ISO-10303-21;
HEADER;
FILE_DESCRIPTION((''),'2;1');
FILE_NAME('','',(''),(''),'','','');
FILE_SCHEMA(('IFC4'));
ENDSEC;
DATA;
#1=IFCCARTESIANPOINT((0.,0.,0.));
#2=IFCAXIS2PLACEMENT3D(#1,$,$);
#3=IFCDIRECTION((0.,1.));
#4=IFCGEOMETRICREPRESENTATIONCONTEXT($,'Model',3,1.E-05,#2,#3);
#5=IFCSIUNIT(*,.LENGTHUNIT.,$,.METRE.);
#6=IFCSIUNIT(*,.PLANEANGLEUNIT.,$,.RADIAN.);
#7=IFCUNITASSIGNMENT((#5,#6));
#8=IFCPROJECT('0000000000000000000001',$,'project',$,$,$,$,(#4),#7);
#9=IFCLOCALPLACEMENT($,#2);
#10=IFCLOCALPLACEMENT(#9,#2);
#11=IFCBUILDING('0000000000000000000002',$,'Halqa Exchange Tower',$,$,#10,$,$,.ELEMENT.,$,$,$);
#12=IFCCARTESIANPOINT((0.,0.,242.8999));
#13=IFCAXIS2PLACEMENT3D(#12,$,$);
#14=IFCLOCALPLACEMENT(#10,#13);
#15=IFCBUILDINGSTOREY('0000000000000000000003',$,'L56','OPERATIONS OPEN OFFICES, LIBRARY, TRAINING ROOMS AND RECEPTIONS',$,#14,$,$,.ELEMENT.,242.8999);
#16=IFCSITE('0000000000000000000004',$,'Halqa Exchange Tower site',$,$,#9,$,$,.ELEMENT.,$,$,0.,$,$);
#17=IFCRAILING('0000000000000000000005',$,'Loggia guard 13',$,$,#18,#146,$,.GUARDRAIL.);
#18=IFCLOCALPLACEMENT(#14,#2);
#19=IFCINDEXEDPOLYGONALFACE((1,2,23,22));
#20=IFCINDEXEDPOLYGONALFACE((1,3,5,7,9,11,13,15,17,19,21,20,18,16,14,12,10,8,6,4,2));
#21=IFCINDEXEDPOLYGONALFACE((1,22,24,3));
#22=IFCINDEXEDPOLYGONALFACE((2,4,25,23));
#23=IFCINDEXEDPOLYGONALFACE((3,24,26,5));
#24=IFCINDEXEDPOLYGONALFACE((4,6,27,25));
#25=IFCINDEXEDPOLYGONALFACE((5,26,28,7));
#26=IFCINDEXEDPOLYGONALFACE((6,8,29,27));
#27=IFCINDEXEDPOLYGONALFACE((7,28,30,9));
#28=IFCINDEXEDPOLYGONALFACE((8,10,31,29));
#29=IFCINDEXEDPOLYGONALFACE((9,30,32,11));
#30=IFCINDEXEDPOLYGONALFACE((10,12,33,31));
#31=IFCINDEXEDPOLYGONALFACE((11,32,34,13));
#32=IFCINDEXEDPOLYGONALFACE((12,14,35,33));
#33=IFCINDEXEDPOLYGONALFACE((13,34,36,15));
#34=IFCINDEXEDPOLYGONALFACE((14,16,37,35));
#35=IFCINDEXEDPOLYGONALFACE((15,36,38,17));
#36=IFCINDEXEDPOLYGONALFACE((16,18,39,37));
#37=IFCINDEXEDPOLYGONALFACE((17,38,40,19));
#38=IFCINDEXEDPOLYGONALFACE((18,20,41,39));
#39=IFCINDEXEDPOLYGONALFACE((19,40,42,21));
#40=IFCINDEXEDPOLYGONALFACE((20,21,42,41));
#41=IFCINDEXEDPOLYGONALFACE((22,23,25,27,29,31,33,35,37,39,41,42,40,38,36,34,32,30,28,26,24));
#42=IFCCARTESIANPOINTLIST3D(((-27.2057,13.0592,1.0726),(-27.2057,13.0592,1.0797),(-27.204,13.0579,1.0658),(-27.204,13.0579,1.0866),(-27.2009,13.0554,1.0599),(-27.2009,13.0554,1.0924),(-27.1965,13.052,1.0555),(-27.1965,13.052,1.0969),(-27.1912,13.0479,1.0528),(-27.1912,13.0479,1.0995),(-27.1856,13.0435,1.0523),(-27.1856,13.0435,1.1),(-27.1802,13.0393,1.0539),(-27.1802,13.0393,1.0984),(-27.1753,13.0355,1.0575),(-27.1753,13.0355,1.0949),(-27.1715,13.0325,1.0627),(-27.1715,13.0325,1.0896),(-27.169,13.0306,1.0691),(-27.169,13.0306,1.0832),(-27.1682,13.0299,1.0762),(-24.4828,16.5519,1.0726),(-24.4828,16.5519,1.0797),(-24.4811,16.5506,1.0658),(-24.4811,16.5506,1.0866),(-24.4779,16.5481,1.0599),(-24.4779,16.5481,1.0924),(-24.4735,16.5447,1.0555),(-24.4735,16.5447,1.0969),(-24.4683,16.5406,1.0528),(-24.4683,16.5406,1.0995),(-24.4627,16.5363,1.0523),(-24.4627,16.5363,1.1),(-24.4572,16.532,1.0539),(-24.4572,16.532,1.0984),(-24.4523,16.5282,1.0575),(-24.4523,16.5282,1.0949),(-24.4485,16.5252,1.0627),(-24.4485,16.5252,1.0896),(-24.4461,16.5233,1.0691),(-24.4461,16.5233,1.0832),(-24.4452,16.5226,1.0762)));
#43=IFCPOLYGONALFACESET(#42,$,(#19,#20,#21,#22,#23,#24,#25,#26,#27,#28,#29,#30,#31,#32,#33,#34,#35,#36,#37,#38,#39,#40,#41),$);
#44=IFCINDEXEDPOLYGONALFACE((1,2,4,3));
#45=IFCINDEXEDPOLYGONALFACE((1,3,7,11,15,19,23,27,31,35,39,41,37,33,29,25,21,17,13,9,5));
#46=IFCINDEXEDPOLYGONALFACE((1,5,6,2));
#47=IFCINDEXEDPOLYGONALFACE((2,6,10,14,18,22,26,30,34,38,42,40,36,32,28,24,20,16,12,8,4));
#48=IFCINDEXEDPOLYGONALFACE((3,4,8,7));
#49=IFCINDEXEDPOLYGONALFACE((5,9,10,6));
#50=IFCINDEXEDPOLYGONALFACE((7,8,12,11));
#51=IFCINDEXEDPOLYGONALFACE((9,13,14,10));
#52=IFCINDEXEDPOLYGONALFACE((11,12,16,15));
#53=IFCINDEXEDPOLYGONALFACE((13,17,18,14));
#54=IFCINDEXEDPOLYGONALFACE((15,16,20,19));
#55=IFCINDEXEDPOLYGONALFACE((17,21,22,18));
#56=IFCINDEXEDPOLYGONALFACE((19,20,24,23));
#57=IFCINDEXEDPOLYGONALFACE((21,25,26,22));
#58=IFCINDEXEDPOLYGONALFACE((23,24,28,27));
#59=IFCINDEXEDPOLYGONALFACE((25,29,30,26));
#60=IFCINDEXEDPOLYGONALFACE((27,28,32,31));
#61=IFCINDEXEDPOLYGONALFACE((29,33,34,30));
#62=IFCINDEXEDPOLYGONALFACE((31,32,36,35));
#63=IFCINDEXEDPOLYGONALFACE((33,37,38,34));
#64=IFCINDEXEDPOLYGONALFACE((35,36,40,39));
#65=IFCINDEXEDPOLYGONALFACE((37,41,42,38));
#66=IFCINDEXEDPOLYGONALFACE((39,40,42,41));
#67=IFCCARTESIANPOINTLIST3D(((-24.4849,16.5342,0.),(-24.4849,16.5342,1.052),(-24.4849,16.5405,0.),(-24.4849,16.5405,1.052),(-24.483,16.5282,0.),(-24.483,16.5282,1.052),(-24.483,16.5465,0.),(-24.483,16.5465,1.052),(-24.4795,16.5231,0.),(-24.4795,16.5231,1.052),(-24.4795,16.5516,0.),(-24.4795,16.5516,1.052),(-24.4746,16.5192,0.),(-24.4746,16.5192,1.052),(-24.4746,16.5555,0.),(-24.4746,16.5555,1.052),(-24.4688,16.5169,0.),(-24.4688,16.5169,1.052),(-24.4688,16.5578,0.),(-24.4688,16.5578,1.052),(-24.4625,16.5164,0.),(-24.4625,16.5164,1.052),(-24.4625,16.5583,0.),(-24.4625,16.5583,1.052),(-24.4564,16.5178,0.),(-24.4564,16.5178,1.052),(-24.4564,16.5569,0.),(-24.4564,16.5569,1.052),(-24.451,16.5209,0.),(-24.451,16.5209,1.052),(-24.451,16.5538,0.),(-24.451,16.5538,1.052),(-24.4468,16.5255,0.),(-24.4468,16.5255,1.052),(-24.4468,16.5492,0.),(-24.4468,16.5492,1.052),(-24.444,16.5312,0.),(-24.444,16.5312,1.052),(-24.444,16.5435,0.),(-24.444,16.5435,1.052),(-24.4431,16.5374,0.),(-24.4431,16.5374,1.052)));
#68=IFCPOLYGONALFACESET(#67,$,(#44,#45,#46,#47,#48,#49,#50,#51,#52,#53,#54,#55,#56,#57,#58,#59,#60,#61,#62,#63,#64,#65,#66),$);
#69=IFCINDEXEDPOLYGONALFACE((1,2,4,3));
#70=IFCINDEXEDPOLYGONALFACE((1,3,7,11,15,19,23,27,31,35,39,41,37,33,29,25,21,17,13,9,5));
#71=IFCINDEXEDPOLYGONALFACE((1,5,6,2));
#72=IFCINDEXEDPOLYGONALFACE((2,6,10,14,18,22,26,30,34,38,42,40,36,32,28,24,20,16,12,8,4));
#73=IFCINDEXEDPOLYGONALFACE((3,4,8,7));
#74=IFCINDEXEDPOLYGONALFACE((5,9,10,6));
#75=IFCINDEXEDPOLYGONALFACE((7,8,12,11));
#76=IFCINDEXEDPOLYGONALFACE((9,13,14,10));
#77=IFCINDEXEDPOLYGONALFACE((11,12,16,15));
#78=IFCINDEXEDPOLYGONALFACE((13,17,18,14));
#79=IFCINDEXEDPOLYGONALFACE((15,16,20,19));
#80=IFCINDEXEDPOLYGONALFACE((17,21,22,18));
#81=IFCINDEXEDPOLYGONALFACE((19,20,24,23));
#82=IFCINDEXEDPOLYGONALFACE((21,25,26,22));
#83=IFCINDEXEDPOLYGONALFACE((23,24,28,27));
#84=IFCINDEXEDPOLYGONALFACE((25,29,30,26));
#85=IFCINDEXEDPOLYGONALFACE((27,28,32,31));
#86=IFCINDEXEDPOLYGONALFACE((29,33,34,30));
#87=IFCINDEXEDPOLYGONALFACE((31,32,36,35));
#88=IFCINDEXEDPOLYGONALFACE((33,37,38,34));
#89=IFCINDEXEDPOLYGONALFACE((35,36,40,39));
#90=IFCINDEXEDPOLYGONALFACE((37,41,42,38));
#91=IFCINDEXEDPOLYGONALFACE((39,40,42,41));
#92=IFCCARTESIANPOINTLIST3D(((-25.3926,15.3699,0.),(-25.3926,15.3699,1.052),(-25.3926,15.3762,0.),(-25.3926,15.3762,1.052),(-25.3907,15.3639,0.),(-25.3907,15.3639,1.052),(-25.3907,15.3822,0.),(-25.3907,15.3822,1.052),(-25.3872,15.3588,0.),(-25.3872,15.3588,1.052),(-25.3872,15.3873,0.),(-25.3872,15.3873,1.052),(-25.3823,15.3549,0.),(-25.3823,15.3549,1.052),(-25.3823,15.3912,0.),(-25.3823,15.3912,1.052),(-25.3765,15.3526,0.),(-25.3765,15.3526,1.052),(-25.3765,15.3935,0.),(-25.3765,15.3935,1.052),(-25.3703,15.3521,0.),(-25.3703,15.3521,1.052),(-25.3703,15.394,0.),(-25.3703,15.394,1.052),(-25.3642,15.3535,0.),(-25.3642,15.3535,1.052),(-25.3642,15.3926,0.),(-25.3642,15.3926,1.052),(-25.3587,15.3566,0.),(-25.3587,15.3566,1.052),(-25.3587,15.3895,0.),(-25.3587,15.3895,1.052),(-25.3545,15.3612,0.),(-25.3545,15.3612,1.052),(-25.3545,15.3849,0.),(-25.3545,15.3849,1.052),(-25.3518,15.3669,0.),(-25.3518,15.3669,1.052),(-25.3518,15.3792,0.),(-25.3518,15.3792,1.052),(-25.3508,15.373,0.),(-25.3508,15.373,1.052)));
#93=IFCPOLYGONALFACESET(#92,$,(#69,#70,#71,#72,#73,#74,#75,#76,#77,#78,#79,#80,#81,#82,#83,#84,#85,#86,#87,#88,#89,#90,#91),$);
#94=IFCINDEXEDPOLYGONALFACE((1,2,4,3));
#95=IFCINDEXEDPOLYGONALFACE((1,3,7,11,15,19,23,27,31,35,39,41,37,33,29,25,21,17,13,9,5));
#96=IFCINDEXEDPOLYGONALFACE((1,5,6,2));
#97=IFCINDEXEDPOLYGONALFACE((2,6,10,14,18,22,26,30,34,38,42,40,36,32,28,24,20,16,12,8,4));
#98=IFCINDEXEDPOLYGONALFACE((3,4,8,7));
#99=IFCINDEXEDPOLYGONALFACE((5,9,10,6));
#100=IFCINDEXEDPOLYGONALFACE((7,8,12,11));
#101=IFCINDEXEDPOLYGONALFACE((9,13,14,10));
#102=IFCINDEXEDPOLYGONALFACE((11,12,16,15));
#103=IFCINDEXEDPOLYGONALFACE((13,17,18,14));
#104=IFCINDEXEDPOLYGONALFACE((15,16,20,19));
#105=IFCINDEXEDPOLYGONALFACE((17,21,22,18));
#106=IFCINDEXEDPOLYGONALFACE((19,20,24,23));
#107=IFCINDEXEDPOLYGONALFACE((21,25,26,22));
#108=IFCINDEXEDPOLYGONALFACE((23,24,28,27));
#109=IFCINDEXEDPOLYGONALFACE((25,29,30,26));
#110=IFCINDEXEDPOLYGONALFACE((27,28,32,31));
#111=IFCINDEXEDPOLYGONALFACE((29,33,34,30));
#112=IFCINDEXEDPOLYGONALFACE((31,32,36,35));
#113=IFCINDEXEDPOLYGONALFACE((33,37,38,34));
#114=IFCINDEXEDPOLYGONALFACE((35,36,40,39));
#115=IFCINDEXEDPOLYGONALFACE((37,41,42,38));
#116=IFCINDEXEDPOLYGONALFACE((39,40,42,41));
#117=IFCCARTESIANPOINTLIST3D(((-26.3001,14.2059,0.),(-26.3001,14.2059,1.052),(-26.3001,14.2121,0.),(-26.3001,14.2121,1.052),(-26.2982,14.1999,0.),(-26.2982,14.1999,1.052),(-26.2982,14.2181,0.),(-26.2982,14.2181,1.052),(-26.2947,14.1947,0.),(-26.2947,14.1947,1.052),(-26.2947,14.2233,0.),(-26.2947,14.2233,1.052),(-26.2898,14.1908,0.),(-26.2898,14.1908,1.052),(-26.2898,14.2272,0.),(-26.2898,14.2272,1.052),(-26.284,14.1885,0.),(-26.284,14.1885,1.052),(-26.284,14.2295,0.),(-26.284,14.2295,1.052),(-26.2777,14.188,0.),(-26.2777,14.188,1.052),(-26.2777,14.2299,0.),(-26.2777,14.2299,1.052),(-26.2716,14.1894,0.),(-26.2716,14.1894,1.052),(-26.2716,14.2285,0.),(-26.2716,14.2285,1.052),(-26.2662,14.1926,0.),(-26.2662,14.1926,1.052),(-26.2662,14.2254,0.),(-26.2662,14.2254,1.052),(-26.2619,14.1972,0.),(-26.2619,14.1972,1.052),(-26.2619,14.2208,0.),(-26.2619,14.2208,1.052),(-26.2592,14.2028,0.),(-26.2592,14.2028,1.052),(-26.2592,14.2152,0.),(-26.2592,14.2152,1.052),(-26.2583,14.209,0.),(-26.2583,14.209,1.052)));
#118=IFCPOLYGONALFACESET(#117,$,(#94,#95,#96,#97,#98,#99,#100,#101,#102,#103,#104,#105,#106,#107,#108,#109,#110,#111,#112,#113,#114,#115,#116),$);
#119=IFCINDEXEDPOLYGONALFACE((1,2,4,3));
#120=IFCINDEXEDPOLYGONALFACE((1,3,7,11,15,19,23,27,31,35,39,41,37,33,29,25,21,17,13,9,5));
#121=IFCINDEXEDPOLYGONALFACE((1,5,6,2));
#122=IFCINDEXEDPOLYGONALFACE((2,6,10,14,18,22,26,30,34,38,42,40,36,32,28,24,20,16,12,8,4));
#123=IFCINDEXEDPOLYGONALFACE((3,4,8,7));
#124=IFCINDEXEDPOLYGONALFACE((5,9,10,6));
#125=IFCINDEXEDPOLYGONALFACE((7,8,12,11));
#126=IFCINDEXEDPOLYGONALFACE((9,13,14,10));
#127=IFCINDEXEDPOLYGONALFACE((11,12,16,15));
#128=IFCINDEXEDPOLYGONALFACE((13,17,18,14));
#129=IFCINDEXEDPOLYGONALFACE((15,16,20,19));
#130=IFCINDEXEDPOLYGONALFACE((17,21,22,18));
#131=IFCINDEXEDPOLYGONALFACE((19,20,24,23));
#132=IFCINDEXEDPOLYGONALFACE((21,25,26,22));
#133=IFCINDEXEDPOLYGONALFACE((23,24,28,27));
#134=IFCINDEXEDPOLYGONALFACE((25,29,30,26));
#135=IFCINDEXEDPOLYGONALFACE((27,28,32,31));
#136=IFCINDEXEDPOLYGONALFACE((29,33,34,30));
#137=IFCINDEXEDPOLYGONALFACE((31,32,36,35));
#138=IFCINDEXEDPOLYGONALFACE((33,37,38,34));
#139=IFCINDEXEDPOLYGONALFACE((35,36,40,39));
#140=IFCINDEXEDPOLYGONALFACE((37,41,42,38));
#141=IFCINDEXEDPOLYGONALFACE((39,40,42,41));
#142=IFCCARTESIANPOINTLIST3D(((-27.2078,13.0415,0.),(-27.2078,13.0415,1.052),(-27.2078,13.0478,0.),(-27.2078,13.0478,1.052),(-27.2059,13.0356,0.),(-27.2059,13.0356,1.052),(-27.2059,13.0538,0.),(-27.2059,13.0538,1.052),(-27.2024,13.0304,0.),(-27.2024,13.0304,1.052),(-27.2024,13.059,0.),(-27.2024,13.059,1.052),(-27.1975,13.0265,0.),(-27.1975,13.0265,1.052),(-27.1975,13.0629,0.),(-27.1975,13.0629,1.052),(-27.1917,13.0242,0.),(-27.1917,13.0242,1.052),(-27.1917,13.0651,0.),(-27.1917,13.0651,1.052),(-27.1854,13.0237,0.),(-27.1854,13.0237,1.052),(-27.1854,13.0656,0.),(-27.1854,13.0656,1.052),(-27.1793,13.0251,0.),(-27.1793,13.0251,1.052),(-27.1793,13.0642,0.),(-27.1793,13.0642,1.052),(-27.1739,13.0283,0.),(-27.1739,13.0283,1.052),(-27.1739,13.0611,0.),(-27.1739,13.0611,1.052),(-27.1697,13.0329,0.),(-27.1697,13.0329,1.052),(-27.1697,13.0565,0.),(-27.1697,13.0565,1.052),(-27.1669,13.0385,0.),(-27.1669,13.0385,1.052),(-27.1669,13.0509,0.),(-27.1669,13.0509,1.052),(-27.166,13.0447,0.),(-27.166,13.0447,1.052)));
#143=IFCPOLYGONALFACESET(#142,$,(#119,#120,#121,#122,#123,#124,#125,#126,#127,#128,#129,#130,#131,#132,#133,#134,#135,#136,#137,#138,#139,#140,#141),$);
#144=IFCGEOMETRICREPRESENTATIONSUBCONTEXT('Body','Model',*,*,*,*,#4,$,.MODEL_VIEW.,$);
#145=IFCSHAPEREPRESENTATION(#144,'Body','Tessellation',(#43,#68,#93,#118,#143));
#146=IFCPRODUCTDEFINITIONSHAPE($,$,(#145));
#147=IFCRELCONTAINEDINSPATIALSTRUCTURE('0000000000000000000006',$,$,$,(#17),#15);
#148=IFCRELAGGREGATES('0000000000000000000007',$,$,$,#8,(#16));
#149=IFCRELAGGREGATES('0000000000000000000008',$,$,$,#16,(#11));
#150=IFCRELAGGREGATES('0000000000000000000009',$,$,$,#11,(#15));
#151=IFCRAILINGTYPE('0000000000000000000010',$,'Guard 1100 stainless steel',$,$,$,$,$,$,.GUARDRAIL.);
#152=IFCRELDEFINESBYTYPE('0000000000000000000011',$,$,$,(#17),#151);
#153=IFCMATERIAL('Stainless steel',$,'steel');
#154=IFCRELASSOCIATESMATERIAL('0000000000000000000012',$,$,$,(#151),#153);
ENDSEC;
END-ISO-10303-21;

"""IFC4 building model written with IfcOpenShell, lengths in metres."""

from ifc_helpers import new_model, si_unit, direction, frame, origin, origin_2d, place, context, subcontext, project, spatial, circle, extrude, material, type_object, element, save


model = new_model("IFC4")

# Units and contexts
model_context = context("Model", 3, precision=1e-05, world=origin(), true_north=direction((0.0, 1.0)))
body_context = subcontext(model_context, "Body", "Model", "MODEL_VIEW")
ifc_project = project(units=[si_unit("LENGTHUNIT", "METRE"), si_unit("PLANEANGLEUNIT", "RADIAN")], contexts=[model_context])

# Site, building, storey
site_placement = place(None, origin())
site = spatial("IfcSite", under=ifc_project, at=site_placement, Name="Halqa Exchange Tower site", CompositionType="ELEMENT", RefElevation=0.0)
building_placement = place(site_placement, origin())
building = spatial("IfcBuilding", under=site, at=building_placement, Name="Halqa Exchange Tower", CompositionType="ELEMENT")
storey_placement = place(building_placement, frame((0.0, 0.0, 242.8999)))
storey = spatial("IfcBuildingStorey", under=building, at=storey_placement, Name="L56", Description="OPERATIONS OPEN OFFICES, LIBRARY, TRAINING ROOMS AND RECEPTIONS", CompositionType="ELEMENT", Elevation=242.8999)

# Railing
ifc_material_1 = material(Name="Stainless steel", Category="steel")
railing_type = type_object("IfcRailingType", Name="Guard 1100 stainless steel", PredefinedType="GUARDRAIL", material=ifc_material_1)
railing_1_placement = place(storey_placement, frame((-24.4641, 16.5374, 0.0)))
element("IfcRailing", 1, at=railing_1_placement, inside=storey, type_object=railing_type, Name="Loggia guard 13", PredefinedType="GUARDRAIL", context=body_context, shape_type="SweptSolid", body=[
    extrude(circle(Radius=0.0239, at=origin_2d()), frame((0.0, 0.0, 1.0762), z_axis=(-0.614837, -0.788654, 0.0), x_axis=(0.788654, -0.614837, 0.0)), (0.0, 0.0, 1.0), 4.4287),
    extrude(circle(Radius=0.021, at=origin_2d()), origin(), (0.0, 0.0, 1.0), 1.052),
    extrude(circle(Radius=0.021, at=origin_2d()), frame((-0.9077, -1.1643, 0.0)), (0.0, 0.0, 1.0), 1.052),
    extrude(circle(Radius=0.021, at=origin_2d()), frame((-1.8152, -2.3284, 0.0)), (0.0, 0.0, 1.0), 1.052),
    extrude(circle(Radius=0.021, at=origin_2d()), frame((-2.7229, -3.4927, 0.0)), (0.0, 0.0, 1.0), 1.052),
])

save(model, "model.ifc")
